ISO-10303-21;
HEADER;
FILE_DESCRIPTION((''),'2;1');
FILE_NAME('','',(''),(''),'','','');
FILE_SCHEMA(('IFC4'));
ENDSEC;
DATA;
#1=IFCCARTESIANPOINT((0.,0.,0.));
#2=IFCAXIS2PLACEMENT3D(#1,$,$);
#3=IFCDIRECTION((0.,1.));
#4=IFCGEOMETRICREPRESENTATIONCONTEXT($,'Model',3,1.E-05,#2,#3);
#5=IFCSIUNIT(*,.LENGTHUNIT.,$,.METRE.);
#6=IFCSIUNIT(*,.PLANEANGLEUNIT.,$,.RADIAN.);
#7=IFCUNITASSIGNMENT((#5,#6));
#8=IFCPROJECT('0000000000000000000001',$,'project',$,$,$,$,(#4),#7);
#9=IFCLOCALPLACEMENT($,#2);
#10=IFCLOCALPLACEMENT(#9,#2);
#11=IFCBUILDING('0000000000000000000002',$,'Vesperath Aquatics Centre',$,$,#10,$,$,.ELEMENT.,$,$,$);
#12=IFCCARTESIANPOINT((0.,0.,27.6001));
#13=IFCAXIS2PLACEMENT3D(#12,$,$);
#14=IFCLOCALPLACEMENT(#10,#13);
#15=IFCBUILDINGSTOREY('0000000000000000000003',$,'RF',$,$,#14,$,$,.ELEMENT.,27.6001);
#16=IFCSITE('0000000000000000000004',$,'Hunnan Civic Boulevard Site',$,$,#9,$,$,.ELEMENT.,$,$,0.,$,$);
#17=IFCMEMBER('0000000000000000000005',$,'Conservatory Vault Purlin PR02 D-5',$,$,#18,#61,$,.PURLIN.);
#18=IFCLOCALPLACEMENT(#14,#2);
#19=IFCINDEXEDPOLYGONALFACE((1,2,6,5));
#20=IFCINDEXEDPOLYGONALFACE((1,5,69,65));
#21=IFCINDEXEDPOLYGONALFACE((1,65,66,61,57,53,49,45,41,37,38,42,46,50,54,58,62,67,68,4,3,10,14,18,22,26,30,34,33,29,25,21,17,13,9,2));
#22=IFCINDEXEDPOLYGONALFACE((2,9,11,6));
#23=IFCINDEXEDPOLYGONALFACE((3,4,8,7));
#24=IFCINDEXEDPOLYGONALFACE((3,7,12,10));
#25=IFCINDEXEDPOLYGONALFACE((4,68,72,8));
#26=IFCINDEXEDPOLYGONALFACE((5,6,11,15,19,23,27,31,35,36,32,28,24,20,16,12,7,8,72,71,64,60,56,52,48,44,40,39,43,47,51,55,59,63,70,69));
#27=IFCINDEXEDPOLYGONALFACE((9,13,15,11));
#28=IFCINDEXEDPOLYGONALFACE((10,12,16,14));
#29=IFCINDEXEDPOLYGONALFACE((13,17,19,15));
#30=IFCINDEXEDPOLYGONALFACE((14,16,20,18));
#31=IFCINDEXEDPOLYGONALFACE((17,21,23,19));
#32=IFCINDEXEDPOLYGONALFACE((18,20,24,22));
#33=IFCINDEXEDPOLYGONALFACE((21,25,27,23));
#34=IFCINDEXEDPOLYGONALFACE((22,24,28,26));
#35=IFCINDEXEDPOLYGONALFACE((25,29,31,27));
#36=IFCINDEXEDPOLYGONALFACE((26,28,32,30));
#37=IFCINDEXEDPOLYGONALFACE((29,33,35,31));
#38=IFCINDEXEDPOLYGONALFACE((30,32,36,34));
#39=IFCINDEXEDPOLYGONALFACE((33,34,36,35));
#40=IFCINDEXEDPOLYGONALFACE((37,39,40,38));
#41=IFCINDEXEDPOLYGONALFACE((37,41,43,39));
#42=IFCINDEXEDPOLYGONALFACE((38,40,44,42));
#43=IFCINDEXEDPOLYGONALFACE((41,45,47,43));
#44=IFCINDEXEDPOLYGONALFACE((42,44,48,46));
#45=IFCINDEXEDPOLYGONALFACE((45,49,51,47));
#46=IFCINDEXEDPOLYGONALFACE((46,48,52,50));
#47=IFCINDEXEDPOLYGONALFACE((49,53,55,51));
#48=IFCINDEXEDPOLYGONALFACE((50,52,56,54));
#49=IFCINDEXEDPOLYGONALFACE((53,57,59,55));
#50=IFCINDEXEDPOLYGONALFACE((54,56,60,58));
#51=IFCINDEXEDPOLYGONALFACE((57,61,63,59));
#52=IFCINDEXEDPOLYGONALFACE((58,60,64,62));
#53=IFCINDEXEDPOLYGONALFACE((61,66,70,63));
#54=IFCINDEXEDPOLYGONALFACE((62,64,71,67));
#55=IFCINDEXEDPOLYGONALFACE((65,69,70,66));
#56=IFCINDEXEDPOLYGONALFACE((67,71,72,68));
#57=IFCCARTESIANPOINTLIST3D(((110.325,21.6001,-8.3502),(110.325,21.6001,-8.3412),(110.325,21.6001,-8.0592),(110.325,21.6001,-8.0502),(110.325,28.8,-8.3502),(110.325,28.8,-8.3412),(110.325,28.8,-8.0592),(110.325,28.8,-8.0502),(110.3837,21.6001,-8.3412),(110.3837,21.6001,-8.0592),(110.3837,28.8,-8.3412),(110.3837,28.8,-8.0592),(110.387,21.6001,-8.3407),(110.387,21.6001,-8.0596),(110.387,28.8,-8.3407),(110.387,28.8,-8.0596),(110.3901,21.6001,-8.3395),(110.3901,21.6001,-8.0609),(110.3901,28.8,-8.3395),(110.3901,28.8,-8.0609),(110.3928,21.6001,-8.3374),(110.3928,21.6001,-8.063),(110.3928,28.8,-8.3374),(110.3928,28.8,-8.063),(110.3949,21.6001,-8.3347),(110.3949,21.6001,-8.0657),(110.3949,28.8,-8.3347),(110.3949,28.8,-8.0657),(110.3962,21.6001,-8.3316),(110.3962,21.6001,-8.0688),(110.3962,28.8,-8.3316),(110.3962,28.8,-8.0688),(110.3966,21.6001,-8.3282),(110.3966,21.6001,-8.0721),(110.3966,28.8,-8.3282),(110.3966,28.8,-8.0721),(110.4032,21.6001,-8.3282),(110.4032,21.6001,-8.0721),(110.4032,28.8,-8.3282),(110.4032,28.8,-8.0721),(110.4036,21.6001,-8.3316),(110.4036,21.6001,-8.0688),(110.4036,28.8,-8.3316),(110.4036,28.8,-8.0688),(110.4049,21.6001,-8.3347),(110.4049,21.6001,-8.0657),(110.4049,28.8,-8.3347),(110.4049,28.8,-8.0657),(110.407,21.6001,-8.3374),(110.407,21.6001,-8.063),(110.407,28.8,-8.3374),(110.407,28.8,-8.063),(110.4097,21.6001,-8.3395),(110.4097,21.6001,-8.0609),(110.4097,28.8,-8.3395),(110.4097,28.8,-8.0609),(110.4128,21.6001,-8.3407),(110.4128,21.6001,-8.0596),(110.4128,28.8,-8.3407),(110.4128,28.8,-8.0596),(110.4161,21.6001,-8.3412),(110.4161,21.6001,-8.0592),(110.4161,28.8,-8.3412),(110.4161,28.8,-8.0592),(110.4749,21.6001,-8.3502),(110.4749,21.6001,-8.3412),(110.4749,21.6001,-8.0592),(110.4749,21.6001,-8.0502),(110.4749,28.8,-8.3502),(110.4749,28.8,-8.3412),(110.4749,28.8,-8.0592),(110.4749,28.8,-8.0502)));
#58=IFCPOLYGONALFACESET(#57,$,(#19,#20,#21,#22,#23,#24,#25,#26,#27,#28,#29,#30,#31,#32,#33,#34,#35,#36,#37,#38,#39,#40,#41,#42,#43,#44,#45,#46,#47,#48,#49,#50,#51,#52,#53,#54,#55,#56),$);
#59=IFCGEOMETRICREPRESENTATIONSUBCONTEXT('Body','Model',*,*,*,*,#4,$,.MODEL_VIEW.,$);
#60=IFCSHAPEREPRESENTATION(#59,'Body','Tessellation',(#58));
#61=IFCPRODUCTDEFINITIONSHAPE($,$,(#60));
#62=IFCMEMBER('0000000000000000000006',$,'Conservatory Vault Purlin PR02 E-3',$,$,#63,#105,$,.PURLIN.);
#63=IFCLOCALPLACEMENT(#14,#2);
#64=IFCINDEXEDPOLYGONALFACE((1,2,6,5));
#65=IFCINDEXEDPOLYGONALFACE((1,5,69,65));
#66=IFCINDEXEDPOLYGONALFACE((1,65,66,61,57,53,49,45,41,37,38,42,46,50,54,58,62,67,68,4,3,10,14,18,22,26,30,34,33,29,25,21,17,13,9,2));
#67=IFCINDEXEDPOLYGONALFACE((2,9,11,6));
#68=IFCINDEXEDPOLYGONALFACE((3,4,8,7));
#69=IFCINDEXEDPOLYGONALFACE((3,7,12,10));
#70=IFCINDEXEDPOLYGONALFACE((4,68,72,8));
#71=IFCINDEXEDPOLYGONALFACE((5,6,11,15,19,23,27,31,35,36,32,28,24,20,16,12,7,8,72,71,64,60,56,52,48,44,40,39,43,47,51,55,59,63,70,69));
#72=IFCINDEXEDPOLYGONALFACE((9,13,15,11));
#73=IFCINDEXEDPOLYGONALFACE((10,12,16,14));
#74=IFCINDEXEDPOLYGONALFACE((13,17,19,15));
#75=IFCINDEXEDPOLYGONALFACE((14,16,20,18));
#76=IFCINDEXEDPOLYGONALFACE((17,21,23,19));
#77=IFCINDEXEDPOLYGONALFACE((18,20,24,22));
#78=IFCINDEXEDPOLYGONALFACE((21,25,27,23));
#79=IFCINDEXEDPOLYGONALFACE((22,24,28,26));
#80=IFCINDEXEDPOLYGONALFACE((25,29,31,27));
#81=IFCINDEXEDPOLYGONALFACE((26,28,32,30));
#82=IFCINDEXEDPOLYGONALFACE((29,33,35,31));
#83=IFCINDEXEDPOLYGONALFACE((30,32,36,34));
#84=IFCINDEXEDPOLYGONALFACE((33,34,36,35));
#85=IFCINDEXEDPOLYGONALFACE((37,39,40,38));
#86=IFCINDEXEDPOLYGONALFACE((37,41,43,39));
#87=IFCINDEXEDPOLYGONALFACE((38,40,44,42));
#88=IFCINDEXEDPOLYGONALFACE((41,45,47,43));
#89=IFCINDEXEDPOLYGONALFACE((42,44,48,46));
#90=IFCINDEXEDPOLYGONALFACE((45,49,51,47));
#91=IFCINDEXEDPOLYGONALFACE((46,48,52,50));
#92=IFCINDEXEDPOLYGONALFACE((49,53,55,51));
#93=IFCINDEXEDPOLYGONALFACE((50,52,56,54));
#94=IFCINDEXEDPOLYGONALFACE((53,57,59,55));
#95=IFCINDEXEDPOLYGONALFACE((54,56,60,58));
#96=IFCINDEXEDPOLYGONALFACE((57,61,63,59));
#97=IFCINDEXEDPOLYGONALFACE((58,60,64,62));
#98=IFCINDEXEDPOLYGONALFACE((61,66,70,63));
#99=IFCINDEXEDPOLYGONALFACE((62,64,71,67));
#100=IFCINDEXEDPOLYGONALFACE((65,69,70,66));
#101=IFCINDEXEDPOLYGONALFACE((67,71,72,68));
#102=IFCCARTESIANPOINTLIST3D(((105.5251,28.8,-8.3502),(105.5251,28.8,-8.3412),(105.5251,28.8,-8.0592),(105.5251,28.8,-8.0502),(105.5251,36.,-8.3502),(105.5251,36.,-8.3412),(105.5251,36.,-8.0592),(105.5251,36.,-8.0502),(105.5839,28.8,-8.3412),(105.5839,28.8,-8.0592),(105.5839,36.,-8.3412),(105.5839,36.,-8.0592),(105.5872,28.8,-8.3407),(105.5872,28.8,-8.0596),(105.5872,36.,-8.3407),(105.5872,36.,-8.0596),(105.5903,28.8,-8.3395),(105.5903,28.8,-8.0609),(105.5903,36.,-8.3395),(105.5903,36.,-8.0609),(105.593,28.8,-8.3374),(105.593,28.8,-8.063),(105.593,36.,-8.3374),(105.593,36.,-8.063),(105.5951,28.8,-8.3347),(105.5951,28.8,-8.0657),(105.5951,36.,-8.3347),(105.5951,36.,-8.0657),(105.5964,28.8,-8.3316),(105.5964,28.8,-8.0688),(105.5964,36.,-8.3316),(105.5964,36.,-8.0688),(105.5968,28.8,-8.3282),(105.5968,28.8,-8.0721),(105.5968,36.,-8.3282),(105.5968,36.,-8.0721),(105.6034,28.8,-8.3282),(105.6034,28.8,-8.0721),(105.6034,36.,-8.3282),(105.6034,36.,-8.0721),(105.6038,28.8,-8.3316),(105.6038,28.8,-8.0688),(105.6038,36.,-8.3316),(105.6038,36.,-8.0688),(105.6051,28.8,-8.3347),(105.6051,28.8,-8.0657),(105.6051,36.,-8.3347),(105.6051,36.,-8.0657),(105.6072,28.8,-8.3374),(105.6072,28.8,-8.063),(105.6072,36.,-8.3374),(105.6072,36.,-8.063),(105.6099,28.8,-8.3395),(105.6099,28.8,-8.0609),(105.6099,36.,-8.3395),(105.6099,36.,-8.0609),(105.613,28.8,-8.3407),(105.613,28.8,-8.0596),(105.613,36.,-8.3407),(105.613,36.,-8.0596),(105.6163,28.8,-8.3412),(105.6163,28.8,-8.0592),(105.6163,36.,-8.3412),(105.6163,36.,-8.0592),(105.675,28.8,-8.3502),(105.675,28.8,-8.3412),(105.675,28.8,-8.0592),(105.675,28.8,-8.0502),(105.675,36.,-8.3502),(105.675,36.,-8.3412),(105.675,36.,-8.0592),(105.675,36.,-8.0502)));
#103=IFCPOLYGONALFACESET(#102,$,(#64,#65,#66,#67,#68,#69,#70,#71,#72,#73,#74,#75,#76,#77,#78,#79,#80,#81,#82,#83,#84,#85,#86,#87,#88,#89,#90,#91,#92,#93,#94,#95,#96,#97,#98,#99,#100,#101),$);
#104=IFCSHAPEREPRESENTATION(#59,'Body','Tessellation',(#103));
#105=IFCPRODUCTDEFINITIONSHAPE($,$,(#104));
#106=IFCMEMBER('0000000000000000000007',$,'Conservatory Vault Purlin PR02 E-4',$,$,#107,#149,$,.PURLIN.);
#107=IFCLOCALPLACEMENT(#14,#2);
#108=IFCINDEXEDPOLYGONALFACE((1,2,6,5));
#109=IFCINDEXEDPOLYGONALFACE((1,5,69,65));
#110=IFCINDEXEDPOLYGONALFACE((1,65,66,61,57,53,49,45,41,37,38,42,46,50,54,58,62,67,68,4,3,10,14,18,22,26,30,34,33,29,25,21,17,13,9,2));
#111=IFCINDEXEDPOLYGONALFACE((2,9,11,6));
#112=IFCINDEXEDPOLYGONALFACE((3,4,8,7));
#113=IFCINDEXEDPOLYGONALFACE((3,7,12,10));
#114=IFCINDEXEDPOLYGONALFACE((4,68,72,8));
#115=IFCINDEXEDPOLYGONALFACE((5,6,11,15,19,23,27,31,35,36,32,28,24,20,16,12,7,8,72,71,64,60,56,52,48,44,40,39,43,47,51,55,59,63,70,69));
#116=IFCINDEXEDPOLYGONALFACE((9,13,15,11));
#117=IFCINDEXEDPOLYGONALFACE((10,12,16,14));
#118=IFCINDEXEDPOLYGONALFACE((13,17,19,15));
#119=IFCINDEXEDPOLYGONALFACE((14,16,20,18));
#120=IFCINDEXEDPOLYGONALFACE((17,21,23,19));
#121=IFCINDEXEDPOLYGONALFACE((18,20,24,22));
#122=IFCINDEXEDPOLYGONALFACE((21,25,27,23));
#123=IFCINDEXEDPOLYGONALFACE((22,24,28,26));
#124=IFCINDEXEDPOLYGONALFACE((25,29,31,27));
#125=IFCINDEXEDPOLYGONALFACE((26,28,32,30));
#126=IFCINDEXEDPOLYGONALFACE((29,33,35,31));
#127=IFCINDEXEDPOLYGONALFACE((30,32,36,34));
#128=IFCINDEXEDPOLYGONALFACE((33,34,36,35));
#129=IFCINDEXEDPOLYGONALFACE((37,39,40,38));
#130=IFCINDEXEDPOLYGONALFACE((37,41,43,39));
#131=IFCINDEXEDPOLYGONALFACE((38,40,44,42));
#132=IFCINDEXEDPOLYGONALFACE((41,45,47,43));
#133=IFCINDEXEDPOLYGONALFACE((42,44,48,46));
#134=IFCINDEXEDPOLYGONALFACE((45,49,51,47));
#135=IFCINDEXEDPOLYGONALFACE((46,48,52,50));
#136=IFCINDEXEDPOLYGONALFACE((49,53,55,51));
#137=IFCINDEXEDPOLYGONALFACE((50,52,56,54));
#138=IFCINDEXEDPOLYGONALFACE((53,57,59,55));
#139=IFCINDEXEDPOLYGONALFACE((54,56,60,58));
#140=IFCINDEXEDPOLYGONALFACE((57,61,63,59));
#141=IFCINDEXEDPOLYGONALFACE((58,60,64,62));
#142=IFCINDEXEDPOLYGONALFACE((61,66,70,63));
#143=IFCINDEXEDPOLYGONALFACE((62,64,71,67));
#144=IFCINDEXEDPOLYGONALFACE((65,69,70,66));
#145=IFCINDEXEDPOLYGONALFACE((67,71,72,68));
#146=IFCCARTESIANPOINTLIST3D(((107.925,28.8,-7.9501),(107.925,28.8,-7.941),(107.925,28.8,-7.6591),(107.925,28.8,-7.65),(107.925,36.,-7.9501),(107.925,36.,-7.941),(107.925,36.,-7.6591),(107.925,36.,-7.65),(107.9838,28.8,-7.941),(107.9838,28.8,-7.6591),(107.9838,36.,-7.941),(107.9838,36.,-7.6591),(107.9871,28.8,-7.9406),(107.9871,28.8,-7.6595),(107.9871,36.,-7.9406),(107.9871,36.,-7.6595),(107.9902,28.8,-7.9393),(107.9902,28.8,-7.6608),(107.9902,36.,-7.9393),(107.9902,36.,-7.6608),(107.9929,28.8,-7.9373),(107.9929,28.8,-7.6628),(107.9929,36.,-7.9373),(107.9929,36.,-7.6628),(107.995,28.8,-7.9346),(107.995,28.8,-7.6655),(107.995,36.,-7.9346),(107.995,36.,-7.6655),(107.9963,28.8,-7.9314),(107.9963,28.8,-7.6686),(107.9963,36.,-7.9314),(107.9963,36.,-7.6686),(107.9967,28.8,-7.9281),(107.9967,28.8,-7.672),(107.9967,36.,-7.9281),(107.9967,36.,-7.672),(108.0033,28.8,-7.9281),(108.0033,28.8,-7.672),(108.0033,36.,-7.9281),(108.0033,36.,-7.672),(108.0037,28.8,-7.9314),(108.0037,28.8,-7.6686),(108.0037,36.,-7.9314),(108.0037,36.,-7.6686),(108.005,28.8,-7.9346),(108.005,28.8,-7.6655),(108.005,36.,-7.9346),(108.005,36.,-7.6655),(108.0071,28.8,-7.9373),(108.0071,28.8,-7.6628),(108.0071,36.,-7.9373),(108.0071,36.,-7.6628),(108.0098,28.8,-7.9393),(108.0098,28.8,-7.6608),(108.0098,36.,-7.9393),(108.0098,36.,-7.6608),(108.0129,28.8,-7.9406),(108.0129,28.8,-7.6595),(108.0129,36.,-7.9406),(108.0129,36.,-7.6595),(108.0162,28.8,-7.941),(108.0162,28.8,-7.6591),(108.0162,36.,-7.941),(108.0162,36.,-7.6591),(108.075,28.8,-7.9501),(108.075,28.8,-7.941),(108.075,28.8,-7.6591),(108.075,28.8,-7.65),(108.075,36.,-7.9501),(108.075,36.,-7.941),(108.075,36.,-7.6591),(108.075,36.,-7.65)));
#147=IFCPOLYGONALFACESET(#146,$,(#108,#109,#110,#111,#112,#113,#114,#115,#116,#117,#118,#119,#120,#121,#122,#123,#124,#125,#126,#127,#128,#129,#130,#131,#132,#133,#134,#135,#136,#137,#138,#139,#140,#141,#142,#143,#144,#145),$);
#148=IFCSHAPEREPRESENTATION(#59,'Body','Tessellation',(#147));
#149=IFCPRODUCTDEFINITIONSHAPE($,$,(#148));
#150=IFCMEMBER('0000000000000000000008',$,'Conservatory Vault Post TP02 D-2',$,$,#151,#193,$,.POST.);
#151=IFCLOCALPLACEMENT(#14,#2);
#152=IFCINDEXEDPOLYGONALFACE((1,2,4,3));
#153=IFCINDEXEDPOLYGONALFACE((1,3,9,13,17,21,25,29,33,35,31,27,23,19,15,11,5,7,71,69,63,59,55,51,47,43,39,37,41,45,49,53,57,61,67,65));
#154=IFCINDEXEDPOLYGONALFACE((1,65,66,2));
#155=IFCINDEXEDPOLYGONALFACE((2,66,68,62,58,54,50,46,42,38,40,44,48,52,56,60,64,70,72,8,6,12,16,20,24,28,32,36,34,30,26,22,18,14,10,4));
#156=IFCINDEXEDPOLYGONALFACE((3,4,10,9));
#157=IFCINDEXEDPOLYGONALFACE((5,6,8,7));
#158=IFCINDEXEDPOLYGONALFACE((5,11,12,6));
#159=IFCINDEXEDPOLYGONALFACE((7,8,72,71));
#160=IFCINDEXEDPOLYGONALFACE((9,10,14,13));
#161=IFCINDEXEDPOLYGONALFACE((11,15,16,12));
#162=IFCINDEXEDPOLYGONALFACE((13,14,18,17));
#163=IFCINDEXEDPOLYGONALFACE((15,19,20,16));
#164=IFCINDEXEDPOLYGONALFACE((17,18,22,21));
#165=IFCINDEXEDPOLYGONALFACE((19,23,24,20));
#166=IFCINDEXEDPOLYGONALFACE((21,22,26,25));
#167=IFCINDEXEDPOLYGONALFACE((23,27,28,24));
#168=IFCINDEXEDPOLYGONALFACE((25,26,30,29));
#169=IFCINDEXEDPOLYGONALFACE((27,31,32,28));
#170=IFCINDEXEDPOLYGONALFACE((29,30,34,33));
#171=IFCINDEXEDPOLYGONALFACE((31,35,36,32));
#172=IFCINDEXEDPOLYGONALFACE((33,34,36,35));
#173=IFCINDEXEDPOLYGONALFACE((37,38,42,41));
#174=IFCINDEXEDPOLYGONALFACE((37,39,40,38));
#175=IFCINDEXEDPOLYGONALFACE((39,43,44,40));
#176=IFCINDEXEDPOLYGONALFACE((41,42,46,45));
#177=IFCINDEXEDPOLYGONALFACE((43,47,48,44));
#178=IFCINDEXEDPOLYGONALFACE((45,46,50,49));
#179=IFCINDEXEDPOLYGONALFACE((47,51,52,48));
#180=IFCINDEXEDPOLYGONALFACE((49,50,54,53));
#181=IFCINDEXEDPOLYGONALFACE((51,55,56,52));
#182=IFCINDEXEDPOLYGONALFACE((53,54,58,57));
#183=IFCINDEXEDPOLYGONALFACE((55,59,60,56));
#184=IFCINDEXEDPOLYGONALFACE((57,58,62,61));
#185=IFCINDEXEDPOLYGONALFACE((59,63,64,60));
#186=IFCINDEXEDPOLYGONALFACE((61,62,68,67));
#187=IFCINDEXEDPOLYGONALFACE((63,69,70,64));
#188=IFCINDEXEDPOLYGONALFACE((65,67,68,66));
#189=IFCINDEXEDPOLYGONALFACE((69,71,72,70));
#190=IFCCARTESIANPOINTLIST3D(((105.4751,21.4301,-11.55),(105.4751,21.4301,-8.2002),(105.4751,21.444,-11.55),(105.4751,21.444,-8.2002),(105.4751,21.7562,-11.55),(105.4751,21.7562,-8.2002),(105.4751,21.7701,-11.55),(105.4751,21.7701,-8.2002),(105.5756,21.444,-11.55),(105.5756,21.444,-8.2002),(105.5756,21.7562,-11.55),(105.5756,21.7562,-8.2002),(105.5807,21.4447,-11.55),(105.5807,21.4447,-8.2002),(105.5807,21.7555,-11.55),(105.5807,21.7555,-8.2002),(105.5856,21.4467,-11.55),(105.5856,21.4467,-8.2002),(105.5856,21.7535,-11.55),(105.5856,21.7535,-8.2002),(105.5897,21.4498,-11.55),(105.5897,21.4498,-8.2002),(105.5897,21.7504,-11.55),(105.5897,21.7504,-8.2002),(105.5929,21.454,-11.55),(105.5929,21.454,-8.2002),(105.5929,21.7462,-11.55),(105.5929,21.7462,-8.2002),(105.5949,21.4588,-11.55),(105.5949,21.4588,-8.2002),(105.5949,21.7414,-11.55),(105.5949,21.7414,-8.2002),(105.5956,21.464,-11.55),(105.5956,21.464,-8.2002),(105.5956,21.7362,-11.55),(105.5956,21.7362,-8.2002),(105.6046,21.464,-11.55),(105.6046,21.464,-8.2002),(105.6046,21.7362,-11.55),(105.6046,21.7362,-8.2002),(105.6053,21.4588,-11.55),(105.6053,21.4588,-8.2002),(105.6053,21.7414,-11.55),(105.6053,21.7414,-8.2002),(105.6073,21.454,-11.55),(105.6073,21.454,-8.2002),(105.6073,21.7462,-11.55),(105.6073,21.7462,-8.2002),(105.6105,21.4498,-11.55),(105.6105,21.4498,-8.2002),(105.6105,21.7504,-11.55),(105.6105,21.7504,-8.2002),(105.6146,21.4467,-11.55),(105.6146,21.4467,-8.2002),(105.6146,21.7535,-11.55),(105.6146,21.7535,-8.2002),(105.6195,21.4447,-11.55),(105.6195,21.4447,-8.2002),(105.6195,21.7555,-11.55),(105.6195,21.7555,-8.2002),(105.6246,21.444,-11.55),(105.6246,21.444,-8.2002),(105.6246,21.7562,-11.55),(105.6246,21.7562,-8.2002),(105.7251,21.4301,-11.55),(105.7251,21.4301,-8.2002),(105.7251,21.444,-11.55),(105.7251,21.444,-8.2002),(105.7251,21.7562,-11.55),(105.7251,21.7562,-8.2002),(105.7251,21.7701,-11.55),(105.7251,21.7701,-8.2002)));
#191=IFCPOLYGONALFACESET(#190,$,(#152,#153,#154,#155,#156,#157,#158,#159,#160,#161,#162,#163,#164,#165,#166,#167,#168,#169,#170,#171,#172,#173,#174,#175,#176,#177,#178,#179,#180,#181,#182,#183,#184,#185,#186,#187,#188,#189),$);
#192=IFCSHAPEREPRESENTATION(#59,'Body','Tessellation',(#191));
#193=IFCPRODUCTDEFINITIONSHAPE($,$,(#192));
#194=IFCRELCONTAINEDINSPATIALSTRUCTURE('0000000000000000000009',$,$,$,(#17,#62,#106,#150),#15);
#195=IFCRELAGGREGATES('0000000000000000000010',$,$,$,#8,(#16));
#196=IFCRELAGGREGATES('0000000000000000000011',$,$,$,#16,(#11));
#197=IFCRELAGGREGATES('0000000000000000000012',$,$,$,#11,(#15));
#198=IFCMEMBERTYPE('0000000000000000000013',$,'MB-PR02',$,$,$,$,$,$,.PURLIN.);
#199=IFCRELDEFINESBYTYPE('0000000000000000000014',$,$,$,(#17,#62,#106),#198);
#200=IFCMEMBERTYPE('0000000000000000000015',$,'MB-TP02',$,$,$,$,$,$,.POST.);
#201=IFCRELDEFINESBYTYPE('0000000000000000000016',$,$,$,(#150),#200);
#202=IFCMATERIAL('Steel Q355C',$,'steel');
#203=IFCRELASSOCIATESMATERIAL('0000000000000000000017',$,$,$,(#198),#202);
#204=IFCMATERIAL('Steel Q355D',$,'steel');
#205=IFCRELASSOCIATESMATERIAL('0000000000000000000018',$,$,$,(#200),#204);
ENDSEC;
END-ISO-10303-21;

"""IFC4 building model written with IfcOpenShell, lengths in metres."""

from ifc_helpers import new_model, si_unit, direction, frame, origin, origin_2d, place, context, subcontext, project, spatial, i_section, extrude, material, material_profile, profile_set, type_object, element, save


model = new_model("IFC4")

# Units and contexts
model_context = context("Model", 3, precision=1e-05, world=origin(), true_north=direction((0.0, 1.0)))
body_context = subcontext(model_context, "Body", "Model", "MODEL_VIEW")
ifc_project = project(units=[si_unit("LENGTHUNIT", "METRE"), si_unit("PLANEANGLEUNIT", "RADIAN")], contexts=[model_context])

# Site, building, storey
site_placement = place(None, origin())
site = spatial("IfcSite", under=ifc_project, at=site_placement, Name="Hunnan Civic Boulevard Site", CompositionType="ELEMENT", RefElevation=0.0)
building_placement = place(site_placement, origin())
building = spatial("IfcBuilding", under=site, at=building_placement, Name="Vesperath Aquatics Centre", CompositionType="ELEMENT")
storey_placement = place(building_placement, frame((0.0, 0.0, 27.6001)))
storey = spatial("IfcBuildingStorey", under=building, at=storey_placement, Name="RF", CompositionType="ELEMENT", Elevation=27.6001)

# Members
ifc_material_1 = material(Name="Steel Q355D", Category="steel")
ifc_material_2 = material(Name="Steel Q355C", Category="steel")
ifc_material_profile_1 = material_profile(ifc_material_2, i_section(OverallWidth=0.1499, OverallDepth=0.3, WebThickness=0.0066, FlangeThickness=0.009, FilletRadius=0.0129, at=origin_2d()), Name="HN 300x150x6.5x9")
ifc_profile_set_1 = profile_set([ifc_material_profile_1], Name="Steel Q355C")
member_type_1 = type_object("IfcMemberType", Name="MB-PR02", PredefinedType="PURLIN", material=ifc_profile_set_1)
for number, where, z_axis, x_axis, name in (
    (1, (110.3999, 21.6001, -8.2002), (0.0, 1.0, 0.0), (-1.0, 0.0, 0.0), "Conservatory Vault Purlin PR02 D-5"),
    (2, (105.6001, 28.8, -8.2002), (0.0, 1.0, 0.0), (-1.0, 0.0, 0.0), "Conservatory Vault Purlin PR02 E-3"),
    (3, (108.0, 28.8, -7.8), (0.0, 1.0, 0.0), (-1.0, 0.0, 0.0), "Conservatory Vault Purlin PR02 E-4"),
):
    element("IfcMember", number, at=place(storey_placement, frame(where, z_axis=z_axis, x_axis=x_axis)), inside=storey, type_object=member_type_1, Name=name, PredefinedType="PURLIN", context=body_context, shape_type="SweptSolid", body=[
        extrude(i_section(OverallWidth=0.1499, OverallDepth=0.3, WebThickness=0.0066, FlangeThickness=0.009, FilletRadius=0.0129, at=origin_2d()), origin(), (0.0, 0.0, 1.0), 7.2),
    ])
ifc_material_profile_2 = material_profile(ifc_material_1, i_section(OverallWidth=0.25, OverallDepth=0.3401, WebThickness=0.009, FlangeThickness=0.0139, FilletRadius=0.02, at=origin_2d()), Name="HM 340x250x9x14")
ifc_profile_set_2 = profile_set([ifc_material_profile_2], Name="Steel Q355D")
member_type_2 = type_object("IfcMemberType", Name="MB-TP02", PredefinedType="POST", material=ifc_profile_set_2)
member_1_placement = place(storey_placement, frame((105.6001, 21.6001, -11.55), z_axis=(0.0, 0.0, 1.0), x_axis=(1.0, 0.0, 0.0)))
element("IfcMember", 4, at=member_1_placement, inside=storey, type_object=member_type_2, Name="Conservatory Vault Post TP02 D-2", PredefinedType="POST", context=body_context, shape_type="SweptSolid", body=[
    extrude(i_section(OverallWidth=0.25, OverallDepth=0.3401, WebThickness=0.009, FlangeThickness=0.0139, FilletRadius=0.02, at=origin_2d()), origin(), (0.0, 0.0, 1.0), 3.3499),
])

save(model, "model.ifc")
